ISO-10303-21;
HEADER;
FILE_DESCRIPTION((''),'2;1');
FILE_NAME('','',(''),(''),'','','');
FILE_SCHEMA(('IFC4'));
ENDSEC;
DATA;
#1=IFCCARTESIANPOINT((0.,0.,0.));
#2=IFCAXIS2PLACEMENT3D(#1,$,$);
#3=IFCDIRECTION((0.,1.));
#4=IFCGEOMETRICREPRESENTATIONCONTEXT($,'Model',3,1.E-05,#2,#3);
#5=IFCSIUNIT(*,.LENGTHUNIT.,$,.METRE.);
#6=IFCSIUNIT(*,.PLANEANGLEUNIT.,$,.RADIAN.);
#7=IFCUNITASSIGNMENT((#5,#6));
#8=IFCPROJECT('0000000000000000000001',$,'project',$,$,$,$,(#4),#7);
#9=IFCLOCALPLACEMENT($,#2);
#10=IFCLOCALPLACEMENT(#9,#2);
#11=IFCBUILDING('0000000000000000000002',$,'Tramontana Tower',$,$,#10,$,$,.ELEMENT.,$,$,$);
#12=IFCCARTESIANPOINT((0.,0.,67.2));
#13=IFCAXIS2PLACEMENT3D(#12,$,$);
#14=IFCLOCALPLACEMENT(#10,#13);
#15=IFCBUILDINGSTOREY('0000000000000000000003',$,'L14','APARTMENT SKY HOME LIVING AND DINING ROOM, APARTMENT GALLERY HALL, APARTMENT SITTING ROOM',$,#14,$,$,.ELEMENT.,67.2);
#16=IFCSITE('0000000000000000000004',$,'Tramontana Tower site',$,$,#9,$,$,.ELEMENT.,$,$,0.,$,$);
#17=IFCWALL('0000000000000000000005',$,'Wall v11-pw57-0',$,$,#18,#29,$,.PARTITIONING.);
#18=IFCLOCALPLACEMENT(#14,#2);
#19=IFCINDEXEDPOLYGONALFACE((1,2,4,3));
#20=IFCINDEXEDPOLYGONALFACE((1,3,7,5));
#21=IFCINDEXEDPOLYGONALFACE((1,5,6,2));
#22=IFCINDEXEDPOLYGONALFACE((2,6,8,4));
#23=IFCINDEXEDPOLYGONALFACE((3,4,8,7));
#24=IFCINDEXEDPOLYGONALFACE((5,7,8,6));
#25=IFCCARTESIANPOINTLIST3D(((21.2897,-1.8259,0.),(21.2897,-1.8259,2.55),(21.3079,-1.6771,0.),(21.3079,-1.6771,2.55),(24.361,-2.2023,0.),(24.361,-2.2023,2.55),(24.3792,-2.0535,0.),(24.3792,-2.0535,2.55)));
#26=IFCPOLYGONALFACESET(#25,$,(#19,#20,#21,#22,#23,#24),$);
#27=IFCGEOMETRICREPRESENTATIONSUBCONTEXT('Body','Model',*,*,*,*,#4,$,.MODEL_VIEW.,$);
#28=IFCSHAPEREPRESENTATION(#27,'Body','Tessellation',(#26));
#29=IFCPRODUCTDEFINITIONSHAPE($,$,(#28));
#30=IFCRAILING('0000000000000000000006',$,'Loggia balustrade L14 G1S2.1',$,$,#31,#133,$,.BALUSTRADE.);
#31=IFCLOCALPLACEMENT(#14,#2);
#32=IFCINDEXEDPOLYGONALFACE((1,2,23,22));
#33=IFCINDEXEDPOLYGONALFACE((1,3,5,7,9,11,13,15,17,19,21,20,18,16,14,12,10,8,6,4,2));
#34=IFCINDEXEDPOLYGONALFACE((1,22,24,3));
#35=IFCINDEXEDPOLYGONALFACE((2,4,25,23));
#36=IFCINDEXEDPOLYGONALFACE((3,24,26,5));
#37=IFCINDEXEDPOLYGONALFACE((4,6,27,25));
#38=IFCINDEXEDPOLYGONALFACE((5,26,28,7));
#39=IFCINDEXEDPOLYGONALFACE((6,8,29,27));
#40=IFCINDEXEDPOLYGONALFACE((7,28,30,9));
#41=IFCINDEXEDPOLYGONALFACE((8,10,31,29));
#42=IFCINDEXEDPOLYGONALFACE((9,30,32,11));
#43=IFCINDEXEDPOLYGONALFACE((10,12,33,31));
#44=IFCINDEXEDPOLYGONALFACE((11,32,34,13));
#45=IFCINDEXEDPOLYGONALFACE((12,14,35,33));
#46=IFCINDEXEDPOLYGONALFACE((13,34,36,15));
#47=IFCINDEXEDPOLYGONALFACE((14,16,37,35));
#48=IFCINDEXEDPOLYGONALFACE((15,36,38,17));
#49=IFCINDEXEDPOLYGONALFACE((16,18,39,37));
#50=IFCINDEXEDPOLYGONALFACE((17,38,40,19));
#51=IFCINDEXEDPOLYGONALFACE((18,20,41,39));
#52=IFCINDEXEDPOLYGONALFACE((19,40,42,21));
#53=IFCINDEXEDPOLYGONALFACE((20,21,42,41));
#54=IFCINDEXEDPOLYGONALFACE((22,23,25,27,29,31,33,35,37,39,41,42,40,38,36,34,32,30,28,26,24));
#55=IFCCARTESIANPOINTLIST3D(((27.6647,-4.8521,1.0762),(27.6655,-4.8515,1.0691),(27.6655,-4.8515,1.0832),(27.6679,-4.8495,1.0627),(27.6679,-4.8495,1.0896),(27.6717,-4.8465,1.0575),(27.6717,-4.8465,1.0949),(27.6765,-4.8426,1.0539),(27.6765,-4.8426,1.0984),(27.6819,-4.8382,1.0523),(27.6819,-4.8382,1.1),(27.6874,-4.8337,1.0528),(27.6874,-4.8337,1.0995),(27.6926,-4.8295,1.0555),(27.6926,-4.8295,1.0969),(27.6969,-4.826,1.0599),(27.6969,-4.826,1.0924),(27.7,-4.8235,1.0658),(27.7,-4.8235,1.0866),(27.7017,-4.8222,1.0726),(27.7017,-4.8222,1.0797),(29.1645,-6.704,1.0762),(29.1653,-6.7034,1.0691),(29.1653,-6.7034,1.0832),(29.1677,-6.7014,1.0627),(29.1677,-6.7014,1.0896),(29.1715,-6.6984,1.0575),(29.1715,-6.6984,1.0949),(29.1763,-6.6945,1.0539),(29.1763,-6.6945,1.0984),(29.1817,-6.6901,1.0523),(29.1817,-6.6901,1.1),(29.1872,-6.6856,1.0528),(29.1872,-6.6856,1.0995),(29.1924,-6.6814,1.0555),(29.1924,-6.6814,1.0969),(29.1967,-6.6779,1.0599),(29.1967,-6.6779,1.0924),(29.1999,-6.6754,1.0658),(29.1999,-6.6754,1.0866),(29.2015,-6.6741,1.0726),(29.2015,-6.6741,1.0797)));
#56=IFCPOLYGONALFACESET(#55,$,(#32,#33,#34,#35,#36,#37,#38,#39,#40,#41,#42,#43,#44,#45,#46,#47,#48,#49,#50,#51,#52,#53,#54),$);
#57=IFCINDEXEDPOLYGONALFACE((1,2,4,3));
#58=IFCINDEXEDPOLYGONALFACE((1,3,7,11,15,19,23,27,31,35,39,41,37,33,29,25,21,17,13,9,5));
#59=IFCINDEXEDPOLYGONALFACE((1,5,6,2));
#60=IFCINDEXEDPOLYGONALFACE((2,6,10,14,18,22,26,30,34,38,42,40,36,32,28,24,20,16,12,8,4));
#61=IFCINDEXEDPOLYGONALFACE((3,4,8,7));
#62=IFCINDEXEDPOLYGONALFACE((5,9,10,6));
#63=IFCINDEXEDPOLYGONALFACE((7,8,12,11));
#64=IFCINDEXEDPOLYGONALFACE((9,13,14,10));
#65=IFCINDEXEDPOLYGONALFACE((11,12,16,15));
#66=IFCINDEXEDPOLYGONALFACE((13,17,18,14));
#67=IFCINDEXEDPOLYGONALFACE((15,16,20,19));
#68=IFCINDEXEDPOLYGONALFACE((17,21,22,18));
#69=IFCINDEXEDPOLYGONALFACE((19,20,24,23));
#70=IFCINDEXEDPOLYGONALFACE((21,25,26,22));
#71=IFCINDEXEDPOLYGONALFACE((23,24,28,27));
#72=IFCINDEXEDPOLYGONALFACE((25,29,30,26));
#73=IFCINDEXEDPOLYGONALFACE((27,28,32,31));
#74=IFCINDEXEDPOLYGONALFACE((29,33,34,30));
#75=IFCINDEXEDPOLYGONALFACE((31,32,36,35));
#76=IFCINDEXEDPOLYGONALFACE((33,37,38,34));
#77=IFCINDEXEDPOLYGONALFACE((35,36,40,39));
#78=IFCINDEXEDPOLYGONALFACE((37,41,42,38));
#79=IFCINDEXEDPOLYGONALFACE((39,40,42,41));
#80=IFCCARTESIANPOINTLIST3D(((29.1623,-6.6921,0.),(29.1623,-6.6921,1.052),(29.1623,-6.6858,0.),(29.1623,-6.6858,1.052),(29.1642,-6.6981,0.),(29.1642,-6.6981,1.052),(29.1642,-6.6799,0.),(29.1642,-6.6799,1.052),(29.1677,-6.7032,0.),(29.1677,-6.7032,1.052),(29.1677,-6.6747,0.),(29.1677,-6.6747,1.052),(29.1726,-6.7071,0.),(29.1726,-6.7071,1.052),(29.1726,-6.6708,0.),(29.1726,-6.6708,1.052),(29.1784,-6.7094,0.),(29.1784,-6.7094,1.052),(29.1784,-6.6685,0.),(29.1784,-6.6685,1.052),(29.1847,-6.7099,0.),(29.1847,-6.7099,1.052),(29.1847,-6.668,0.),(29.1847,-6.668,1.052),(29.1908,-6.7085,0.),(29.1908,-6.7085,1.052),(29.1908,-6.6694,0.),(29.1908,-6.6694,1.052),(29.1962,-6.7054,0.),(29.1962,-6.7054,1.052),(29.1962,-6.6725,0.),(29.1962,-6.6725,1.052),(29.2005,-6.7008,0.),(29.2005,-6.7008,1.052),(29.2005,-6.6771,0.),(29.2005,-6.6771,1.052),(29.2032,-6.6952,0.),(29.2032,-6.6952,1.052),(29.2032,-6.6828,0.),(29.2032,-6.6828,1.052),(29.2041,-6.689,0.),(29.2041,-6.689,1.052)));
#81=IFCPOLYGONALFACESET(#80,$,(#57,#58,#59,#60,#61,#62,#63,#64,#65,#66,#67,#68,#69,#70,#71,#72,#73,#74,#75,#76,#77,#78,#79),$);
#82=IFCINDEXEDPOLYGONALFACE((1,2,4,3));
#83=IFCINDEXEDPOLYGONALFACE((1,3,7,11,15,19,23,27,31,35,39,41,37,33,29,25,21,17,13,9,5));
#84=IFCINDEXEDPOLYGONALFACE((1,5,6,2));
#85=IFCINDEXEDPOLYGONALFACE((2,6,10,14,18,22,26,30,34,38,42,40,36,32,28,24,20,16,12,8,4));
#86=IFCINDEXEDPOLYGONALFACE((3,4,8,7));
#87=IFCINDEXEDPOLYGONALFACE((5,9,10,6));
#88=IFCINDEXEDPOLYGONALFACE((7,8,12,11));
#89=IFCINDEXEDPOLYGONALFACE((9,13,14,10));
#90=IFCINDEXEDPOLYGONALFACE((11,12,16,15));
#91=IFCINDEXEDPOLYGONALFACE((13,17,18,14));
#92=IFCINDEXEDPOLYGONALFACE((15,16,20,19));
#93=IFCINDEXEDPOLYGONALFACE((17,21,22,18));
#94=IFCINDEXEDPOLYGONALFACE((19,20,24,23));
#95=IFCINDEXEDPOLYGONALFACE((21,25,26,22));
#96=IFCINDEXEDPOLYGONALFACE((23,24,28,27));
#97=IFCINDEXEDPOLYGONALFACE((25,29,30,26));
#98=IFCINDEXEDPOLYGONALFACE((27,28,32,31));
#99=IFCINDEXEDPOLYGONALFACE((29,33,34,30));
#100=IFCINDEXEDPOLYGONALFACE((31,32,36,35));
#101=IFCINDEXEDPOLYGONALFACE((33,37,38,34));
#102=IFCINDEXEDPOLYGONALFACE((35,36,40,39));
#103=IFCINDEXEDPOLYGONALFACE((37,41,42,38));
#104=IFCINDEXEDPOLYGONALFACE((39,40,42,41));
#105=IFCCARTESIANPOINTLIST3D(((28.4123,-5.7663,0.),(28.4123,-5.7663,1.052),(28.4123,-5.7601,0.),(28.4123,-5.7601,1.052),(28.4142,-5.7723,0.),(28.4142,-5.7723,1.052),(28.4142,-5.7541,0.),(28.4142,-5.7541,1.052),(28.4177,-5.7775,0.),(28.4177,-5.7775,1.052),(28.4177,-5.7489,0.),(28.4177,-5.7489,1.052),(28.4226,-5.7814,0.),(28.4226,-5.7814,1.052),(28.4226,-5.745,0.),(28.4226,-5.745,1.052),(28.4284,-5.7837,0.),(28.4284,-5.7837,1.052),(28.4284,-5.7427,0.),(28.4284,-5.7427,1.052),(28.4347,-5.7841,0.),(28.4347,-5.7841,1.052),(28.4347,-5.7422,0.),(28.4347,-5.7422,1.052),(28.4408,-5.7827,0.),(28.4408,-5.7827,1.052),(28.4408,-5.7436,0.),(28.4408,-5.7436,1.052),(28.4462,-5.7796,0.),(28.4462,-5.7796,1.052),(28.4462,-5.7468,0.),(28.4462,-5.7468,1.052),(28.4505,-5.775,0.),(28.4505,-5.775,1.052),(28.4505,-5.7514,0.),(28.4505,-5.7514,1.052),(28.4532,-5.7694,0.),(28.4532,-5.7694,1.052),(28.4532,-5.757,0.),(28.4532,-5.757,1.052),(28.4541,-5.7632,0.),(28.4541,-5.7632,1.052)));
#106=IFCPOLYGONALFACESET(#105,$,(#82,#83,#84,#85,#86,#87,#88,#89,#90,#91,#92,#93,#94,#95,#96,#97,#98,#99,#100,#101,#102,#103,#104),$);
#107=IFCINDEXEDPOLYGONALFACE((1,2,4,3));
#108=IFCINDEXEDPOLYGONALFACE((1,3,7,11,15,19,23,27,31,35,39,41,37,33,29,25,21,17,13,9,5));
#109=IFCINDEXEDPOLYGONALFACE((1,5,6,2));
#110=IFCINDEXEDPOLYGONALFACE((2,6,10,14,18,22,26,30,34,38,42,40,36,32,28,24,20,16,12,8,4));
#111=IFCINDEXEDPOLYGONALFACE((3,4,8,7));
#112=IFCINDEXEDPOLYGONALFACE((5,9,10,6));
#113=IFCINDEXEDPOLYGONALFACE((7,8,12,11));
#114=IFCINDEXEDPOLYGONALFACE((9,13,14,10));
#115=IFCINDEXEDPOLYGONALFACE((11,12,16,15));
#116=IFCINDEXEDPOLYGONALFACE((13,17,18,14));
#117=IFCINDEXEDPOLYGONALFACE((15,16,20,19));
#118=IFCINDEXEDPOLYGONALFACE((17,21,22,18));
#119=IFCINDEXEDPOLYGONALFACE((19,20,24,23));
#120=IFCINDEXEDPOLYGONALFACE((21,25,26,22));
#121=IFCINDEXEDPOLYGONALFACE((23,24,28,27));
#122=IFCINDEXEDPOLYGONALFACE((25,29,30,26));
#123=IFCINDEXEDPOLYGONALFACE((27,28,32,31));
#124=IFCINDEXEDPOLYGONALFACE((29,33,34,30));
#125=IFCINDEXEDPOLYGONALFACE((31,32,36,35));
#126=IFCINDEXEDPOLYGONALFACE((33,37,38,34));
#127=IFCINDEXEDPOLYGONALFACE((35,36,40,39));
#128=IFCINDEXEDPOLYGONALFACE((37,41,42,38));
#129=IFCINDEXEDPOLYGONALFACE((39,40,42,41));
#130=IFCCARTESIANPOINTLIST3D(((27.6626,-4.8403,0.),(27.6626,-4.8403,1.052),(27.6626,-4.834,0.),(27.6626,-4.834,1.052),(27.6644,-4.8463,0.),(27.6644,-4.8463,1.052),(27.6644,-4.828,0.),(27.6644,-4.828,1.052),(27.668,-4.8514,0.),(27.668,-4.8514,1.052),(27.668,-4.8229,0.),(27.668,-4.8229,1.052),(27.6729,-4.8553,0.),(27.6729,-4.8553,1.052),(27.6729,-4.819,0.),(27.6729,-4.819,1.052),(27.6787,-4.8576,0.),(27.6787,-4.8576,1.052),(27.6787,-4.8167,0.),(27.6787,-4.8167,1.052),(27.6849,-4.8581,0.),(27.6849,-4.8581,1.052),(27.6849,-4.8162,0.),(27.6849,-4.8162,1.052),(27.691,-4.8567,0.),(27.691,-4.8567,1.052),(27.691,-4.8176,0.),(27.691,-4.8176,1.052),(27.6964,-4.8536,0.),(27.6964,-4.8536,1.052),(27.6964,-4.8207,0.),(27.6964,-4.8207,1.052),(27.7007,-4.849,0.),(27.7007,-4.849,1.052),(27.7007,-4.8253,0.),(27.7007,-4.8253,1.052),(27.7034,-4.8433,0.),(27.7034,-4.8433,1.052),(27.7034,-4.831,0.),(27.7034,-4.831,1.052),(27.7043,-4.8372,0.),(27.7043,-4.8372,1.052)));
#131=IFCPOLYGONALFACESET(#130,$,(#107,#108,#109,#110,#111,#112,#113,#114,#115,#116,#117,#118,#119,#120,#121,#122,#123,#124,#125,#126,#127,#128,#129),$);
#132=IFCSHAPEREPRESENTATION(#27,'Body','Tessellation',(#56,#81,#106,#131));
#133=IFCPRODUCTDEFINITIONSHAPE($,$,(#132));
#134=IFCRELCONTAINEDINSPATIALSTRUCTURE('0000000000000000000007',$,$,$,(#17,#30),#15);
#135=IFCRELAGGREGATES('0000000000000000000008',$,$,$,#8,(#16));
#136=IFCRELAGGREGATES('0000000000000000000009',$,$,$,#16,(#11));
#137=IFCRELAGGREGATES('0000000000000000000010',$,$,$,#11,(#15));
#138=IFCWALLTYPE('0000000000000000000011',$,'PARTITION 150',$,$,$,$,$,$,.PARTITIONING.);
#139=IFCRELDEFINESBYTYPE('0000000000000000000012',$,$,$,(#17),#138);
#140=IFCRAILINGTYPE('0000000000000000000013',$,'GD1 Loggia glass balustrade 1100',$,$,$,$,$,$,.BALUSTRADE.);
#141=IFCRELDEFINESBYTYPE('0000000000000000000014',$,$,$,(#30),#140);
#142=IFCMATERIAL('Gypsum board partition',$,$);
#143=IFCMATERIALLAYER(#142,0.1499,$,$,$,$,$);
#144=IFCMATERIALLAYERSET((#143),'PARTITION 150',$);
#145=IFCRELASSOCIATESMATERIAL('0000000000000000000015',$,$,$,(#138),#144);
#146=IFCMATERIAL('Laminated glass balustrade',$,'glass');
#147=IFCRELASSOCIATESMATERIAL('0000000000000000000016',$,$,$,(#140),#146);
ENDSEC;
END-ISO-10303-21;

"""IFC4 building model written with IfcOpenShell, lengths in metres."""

from ifc_helpers import new_model, si_unit, direction, frame, frame_2d, origin, origin_2d, place, context, subcontext, project, spatial, rectangle, circle, extrude, material, layer, layer_set, type_object, element, save


model = new_model("IFC4")

# Units and contexts
model_context = context("Model", 3, precision=1e-05, world=origin(), true_north=direction((0.0, 1.0)))
body_context = subcontext(model_context, "Body", "Model", "MODEL_VIEW")
ifc_project = project(units=[si_unit("LENGTHUNIT", "METRE"), si_unit("PLANEANGLEUNIT", "RADIAN")], contexts=[model_context])

# Site, building, storey
site_placement = place(None, origin())
site = spatial("IfcSite", under=ifc_project, at=site_placement, Name="Tramontana Tower site", CompositionType="ELEMENT", RefElevation=0.0)
building_placement = place(site_placement, origin())
building = spatial("IfcBuilding", under=site, at=building_placement, Name="Tramontana Tower", CompositionType="ELEMENT")
storey_placement = place(building_placement, frame((0.0, 0.0, 67.2)))
storey = spatial("IfcBuildingStorey", under=building, at=storey_placement, Name="L14", Description="APARTMENT SKY HOME LIVING AND DINING ROOM, APARTMENT GALLERY HALL, APARTMENT SITTING ROOM", CompositionType="ELEMENT", Elevation=67.2)

# Wall
ifc_material_1 = material(Name="Gypsum board partition")
ifc_layer_1 = layer(ifc_material_1, 0.1499)
ifc_layer_set_1 = layer_set([ifc_layer_1], Name="PARTITION 150")
wall_type_1 = type_object("IfcWallType", Name="PARTITION 150", PredefinedType="PARTITIONING", material=ifc_layer_set_1)
wall_1_placement = place(storey_placement, frame((21.2988, -1.7515, 0.0), z_axis=(0.0, 0.0, 1.0), x_axis=(0.992571, -0.121665, 0.0)))
element("IfcWall", 1, at=wall_1_placement, inside=storey, type_object=wall_type_1, Name="Wall v11-pw57-0", PredefinedType="PARTITIONING", context=body_context, shape_type="SweptSolid", body=[
    extrude(rectangle(XDim=3.0942, YDim=0.1499, at=frame_2d((1.5471, 0.0))), origin(), (0.0, 0.0, 1.0), 2.55),
])

# Railing
ifc_material_2 = material(Name="Laminated glass balustrade", Category="glass")
railing_type = type_object("IfcRailingType", Name="GD1 Loggia glass balustrade 1100", PredefinedType="BALUSTRADE", material=ifc_material_2)
railing_placement = place(storey_placement, frame((29.1831, -6.689, 0.0)))
element("IfcRailing", 2, at=railing_placement, inside=storey, type_object=railing_type, Name="Loggia balustrade L14 G1S2.1", PredefinedType="BALUSTRADE", context=body_context, shape_type="SweptSolid", body=[
    extrude(circle(Radius=0.0239, at=origin_2d()), frame((0.0, 0.0, 1.0762), z_axis=(-0.629369, 0.777106, 0.0), x_axis=(-0.777106, -0.629369, 0.0)), (0.0, 0.0, 1.0), 2.3831),
    extrude(circle(Radius=0.021, at=origin_2d()), origin(), (0.0, 0.0, 1.0), 1.052),
    extrude(circle(Radius=0.021, at=origin_2d()), frame((-0.75, 0.9258, 0.0)), (0.0, 0.0, 1.0), 1.052),
    extrude(circle(Radius=0.021, at=origin_2d()), frame((-1.4998, 1.8518, 0.0)), (0.0, 0.0, 1.0), 1.052),
])

save(model, "model.ifc")
